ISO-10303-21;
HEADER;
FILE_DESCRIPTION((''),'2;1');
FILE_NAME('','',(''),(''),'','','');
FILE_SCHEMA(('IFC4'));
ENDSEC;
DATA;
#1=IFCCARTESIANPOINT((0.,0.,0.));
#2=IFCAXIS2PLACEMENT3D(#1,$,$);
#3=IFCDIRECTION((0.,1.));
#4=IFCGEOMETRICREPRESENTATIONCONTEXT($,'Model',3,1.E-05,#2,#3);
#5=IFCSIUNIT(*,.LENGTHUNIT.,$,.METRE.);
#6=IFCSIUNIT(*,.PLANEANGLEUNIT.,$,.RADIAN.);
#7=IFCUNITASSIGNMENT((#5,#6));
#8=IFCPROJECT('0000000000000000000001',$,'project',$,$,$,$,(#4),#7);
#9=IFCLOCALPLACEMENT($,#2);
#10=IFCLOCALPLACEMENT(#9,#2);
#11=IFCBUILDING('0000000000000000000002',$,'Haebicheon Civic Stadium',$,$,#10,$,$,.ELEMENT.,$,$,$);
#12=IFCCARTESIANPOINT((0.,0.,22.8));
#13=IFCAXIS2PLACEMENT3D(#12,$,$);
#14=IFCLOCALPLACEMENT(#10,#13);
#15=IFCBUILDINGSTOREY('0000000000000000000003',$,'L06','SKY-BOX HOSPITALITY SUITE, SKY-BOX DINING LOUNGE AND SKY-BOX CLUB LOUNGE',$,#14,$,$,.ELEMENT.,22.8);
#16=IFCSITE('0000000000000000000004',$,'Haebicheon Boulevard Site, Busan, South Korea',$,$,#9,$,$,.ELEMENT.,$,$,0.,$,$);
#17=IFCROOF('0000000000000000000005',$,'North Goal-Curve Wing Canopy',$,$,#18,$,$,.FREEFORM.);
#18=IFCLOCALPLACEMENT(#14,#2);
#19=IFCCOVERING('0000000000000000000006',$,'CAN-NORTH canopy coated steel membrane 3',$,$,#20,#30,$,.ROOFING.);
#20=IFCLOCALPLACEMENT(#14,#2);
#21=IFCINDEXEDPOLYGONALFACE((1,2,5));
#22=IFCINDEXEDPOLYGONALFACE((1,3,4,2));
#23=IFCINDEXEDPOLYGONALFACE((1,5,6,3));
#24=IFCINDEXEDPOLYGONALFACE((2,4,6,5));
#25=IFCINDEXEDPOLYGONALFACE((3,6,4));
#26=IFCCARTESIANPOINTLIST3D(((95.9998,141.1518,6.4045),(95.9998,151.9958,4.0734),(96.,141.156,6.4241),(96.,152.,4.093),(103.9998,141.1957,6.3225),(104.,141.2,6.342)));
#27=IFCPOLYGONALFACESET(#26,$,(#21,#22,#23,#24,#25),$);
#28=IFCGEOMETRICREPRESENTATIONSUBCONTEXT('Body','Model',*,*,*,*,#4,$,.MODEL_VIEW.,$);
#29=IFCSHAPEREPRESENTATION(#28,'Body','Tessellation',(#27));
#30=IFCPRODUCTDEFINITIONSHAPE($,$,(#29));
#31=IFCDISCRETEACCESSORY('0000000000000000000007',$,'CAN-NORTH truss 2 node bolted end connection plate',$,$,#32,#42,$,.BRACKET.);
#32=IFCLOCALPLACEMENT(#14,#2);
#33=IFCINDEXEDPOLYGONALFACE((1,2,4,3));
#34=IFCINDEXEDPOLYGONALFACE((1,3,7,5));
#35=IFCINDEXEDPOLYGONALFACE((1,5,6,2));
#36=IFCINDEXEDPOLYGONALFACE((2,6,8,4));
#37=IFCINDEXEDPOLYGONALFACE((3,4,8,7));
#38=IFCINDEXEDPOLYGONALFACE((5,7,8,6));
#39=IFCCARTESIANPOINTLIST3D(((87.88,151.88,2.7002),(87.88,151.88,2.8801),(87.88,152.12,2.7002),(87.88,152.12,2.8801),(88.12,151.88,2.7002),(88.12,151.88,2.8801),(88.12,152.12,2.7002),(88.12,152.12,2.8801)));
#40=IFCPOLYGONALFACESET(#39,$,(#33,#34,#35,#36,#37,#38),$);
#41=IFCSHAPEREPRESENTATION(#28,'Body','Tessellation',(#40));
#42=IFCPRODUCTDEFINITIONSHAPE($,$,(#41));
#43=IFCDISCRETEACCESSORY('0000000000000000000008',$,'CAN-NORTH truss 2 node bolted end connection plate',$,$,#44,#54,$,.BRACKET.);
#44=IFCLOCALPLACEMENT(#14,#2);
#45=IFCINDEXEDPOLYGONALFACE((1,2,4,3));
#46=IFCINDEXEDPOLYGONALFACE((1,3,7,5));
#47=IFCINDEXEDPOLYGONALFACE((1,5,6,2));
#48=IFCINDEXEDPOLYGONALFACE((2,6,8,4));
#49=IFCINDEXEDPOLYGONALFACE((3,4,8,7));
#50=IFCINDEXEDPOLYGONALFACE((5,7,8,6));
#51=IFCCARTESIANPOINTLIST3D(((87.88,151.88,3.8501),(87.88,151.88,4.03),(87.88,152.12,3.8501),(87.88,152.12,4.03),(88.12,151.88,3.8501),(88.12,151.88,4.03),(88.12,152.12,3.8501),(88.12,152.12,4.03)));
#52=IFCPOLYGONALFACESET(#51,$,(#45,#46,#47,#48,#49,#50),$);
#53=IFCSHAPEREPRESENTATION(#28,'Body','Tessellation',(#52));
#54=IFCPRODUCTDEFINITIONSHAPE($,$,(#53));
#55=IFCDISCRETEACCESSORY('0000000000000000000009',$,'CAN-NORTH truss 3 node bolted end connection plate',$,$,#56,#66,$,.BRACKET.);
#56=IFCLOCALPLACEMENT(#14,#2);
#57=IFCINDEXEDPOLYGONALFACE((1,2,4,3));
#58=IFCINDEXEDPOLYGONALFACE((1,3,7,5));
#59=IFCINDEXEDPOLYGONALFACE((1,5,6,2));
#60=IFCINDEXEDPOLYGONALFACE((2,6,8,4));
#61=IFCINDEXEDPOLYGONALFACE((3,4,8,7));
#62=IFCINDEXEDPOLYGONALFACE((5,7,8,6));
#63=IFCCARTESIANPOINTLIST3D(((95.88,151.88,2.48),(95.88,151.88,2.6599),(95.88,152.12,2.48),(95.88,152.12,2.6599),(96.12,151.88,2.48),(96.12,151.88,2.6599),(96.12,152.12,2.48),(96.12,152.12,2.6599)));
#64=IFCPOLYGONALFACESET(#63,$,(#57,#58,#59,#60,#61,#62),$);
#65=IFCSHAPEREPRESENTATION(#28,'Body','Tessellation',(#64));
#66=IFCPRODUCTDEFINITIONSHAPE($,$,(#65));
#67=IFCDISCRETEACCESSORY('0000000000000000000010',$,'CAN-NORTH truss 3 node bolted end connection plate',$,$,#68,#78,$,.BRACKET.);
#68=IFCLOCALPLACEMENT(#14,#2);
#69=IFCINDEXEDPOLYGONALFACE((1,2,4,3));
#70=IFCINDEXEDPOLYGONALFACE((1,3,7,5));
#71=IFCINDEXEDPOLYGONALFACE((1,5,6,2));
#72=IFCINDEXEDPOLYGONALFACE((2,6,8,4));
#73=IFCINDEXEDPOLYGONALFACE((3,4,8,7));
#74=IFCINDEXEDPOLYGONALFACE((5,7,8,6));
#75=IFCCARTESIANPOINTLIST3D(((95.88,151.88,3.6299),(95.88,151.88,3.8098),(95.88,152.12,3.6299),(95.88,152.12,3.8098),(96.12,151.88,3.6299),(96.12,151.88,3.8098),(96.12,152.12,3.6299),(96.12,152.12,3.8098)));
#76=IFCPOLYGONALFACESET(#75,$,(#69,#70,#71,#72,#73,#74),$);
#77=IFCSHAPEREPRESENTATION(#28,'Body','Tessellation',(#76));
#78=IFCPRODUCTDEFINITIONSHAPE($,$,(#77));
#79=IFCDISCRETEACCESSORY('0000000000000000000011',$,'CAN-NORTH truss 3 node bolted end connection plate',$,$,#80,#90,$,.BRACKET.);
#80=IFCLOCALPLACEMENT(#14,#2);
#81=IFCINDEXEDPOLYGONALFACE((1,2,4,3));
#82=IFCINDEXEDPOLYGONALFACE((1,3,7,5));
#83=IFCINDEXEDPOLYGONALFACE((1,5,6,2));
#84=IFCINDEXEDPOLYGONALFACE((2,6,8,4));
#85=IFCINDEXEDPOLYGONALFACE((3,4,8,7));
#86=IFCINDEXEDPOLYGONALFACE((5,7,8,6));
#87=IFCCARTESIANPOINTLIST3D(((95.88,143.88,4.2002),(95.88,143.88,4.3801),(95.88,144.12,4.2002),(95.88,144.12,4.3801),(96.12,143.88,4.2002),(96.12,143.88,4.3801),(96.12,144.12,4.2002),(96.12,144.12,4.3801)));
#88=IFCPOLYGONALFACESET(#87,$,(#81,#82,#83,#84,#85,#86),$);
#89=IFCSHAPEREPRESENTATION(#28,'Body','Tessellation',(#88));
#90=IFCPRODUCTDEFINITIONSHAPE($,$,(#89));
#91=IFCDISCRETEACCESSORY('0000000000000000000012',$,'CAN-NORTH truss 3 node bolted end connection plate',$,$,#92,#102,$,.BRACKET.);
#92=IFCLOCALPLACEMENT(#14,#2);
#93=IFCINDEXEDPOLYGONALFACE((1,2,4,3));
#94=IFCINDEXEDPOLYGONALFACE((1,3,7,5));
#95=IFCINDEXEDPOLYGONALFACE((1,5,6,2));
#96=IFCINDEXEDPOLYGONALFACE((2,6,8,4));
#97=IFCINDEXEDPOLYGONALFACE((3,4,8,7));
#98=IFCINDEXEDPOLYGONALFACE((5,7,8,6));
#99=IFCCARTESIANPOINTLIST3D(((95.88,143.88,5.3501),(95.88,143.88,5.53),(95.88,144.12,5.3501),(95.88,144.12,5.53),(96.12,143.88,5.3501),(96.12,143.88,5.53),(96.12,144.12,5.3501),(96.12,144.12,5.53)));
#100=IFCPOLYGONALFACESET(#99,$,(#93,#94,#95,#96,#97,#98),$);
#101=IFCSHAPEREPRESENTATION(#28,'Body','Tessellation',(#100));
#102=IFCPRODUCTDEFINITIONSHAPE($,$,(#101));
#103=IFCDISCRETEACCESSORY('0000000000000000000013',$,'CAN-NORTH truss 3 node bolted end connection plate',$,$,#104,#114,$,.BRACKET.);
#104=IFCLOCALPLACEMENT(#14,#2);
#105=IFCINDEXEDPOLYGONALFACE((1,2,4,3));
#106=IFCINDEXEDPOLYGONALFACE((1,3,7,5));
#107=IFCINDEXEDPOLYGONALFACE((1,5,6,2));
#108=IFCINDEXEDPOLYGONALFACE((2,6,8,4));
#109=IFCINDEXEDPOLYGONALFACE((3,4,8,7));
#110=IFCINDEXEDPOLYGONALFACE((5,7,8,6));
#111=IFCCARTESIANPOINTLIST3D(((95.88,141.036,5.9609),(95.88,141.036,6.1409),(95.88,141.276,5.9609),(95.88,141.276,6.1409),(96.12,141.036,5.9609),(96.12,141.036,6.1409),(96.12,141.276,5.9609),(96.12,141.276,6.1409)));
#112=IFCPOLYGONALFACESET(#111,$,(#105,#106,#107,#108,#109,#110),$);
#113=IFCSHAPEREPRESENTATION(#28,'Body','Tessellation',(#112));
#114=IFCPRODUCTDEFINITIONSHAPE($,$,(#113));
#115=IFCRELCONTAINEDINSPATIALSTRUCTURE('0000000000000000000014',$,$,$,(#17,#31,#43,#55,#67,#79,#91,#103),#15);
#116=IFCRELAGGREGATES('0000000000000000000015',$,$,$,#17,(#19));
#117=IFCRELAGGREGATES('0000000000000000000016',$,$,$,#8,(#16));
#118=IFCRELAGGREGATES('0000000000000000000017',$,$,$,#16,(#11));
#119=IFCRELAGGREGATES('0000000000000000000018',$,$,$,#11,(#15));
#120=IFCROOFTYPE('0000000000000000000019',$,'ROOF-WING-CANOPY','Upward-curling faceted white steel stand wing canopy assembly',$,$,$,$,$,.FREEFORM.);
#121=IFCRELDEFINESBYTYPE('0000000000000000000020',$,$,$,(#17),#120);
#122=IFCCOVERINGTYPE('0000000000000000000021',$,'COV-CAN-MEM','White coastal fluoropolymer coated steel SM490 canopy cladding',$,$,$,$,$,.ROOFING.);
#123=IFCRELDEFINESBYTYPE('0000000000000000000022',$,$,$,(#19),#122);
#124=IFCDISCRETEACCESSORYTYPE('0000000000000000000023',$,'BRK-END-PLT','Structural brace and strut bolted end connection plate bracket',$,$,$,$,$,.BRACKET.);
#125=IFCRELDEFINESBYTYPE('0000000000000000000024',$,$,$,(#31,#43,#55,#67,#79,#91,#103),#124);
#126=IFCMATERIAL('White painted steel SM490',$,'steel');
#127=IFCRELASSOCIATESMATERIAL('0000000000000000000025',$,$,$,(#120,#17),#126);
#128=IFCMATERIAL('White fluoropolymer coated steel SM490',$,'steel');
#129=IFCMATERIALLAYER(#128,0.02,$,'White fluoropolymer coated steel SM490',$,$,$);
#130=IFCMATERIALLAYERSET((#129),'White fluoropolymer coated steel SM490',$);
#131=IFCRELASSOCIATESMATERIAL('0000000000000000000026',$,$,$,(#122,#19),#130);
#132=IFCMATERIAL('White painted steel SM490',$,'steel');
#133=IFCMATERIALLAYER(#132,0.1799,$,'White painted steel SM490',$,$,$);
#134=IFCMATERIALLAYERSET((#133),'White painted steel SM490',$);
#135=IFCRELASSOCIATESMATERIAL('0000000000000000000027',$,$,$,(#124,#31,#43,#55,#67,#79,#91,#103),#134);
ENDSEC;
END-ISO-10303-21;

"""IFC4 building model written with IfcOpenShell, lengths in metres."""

from ifc_helpers import new_model, si_unit, direction, frame, origin, origin_2d, place, context, subcontext, project, spatial, polyline, rectangle, outline, extrude, material, layer, layer_set, type_object, element, aggregate, save


model = new_model("IFC4")

# Units and contexts
model_context = context("Model", 3, precision=1e-05, world=origin(), true_north=direction((0.0, 1.0)))
body_context = subcontext(model_context, "Body", "Model", "MODEL_VIEW")
ifc_project = project(units=[si_unit("LENGTHUNIT", "METRE"), si_unit("PLANEANGLEUNIT", "RADIAN")], contexts=[model_context])

# Site, building, storey
site_placement = place(None, origin())
site = spatial("IfcSite", under=ifc_project, at=site_placement, Name="Haebicheon Boulevard Site, Busan, South Korea", CompositionType="ELEMENT", RefElevation=0.0)
building_placement = place(site_placement, origin())
building = spatial("IfcBuilding", under=site, at=building_placement, Name="Haebicheon Civic Stadium", CompositionType="ELEMENT")
storey_placement = place(building_placement, frame((0.0, 0.0, 22.8)))
storey = spatial("IfcBuildingStorey", under=building, at=storey_placement, Name="L06", Description="SKY-BOX HOSPITALITY SUITE, SKY-BOX DINING LOUNGE AND SKY-BOX CLUB LOUNGE", CompositionType="ELEMENT", Elevation=22.8)

# Roof, covering
ifc_material_1 = material(Name="White painted steel SM490", Category="steel")
roof_type = type_object("IfcRoofType", Name="ROOF-WING-CANOPY", Description="Upward-curling faceted white steel stand wing canopy assembly", PredefinedType="FREEFORM", material=ifc_material_1)
roof_placement = place(storey_placement, origin())
roof = element("IfcRoof", 1, at=roof_placement, inside=storey, type_object=roof_type, material=ifc_material_1, Name="North Goal-Curve Wing Canopy", PredefinedType="FREEFORM")
ifc_material_2 = material(Name="White fluoropolymer coated steel SM490", Category="steel")
ifc_layer_1 = layer(ifc_material_2, 0.02, Name="White fluoropolymer coated steel SM490")
ifc_layer_set_1 = layer_set([ifc_layer_1], Name="White fluoropolymer coated steel SM490")
covering_type = type_object("IfcCoveringType", Name="COV-CAN-MEM", Description="White coastal fluoropolymer coated steel SM490 canopy cladding", PredefinedType="ROOFING", material=ifc_layer_set_1)
covering_1_placement = place(storey_placement, frame((96.0, 152.0, 4.093), z_axis=(0.00887, 0.210154, 0.977628), x_axis=(0.0, -0.977667, 0.210162)))
covering_1 = element("IfcCovering", 2, at=covering_1_placement, type_object=covering_type, material=ifc_layer_set_1, Name="CAN-NORTH canopy coated steel membrane 3", PredefinedType="ROOFING", context=body_context, shape_type="SweptSolid", body=[
    extrude(outline(polyline([(0.0, 0.0), (11.0917, 0.0), (11.0315, 8.0003), (0.0, 0.0)])), origin(), (0.0, 0.0, -1.0), 0.02),
])
aggregate(roof, [covering_1])

# Discrete accessories
ifc_material_3 = material(Name="White painted steel SM490", Category="steel")
ifc_layer_2 = layer(ifc_material_3, 0.1799, Name="White painted steel SM490")
ifc_layer_set_2 = layer_set([ifc_layer_2], Name="White painted steel SM490")
discrete_accessory_type = type_object("IfcDiscreteAccessoryType", Name="BRK-END-PLT", Description="Structural brace and strut bolted end connection plate bracket", PredefinedType="BRACKET", material=ifc_layer_set_2)
for number, where, z_axis, x_axis, name in (
    (3, (88.0, 152.0, 2.7002), (0.0, 0.0, 1.0), (1.0, 0.0, 0.0), "CAN-NORTH truss 2 node bolted end connection plate"),
    (4, (88.0, 152.0, 3.8501), (0.0, 0.0, 1.0), (1.0, 0.0, 0.0), "CAN-NORTH truss 2 node bolted end connection plate"),
    (5, (96.0, 152.0, 2.48), (0.0, 0.0, 1.0), (1.0, 0.0, 0.0), "CAN-NORTH truss 3 node bolted end connection plate"),
    (6, (96.0, 152.0, 3.6299), (0.0, 0.0, 1.0), (1.0, 0.0, 0.0), "CAN-NORTH truss 3 node bolted end connection plate"),
    (7, (96.0, 144.0, 4.2002), (0.0, 0.0, 1.0), (1.0, 0.0, 0.0), "CAN-NORTH truss 3 node bolted end connection plate"),
    (8, (96.0, 144.0, 5.3501), (0.0, 0.0, 1.0), (1.0, 0.0, 0.0), "CAN-NORTH truss 3 node bolted end connection plate"),
    (9, (96.0, 141.156, 5.9609), (0.0, 0.0, 1.0), (1.0, 0.0, 0.0), "CAN-NORTH truss 3 node bolted end connection plate"),
):
    element("IfcDiscreteAccessory", number, at=place(storey_placement, frame(where, z_axis=z_axis, x_axis=x_axis)), inside=storey, type_object=discrete_accessory_type, material=ifc_layer_set_2, Name=name, PredefinedType="BRACKET", context=body_context, shape_type="SweptSolid", body=[
        extrude(rectangle(XDim=0.24, YDim=0.24, at=origin_2d()), origin(), (0.0, 0.0, 1.0), 0.1799),
    ])

save(model, "model.ifc")
